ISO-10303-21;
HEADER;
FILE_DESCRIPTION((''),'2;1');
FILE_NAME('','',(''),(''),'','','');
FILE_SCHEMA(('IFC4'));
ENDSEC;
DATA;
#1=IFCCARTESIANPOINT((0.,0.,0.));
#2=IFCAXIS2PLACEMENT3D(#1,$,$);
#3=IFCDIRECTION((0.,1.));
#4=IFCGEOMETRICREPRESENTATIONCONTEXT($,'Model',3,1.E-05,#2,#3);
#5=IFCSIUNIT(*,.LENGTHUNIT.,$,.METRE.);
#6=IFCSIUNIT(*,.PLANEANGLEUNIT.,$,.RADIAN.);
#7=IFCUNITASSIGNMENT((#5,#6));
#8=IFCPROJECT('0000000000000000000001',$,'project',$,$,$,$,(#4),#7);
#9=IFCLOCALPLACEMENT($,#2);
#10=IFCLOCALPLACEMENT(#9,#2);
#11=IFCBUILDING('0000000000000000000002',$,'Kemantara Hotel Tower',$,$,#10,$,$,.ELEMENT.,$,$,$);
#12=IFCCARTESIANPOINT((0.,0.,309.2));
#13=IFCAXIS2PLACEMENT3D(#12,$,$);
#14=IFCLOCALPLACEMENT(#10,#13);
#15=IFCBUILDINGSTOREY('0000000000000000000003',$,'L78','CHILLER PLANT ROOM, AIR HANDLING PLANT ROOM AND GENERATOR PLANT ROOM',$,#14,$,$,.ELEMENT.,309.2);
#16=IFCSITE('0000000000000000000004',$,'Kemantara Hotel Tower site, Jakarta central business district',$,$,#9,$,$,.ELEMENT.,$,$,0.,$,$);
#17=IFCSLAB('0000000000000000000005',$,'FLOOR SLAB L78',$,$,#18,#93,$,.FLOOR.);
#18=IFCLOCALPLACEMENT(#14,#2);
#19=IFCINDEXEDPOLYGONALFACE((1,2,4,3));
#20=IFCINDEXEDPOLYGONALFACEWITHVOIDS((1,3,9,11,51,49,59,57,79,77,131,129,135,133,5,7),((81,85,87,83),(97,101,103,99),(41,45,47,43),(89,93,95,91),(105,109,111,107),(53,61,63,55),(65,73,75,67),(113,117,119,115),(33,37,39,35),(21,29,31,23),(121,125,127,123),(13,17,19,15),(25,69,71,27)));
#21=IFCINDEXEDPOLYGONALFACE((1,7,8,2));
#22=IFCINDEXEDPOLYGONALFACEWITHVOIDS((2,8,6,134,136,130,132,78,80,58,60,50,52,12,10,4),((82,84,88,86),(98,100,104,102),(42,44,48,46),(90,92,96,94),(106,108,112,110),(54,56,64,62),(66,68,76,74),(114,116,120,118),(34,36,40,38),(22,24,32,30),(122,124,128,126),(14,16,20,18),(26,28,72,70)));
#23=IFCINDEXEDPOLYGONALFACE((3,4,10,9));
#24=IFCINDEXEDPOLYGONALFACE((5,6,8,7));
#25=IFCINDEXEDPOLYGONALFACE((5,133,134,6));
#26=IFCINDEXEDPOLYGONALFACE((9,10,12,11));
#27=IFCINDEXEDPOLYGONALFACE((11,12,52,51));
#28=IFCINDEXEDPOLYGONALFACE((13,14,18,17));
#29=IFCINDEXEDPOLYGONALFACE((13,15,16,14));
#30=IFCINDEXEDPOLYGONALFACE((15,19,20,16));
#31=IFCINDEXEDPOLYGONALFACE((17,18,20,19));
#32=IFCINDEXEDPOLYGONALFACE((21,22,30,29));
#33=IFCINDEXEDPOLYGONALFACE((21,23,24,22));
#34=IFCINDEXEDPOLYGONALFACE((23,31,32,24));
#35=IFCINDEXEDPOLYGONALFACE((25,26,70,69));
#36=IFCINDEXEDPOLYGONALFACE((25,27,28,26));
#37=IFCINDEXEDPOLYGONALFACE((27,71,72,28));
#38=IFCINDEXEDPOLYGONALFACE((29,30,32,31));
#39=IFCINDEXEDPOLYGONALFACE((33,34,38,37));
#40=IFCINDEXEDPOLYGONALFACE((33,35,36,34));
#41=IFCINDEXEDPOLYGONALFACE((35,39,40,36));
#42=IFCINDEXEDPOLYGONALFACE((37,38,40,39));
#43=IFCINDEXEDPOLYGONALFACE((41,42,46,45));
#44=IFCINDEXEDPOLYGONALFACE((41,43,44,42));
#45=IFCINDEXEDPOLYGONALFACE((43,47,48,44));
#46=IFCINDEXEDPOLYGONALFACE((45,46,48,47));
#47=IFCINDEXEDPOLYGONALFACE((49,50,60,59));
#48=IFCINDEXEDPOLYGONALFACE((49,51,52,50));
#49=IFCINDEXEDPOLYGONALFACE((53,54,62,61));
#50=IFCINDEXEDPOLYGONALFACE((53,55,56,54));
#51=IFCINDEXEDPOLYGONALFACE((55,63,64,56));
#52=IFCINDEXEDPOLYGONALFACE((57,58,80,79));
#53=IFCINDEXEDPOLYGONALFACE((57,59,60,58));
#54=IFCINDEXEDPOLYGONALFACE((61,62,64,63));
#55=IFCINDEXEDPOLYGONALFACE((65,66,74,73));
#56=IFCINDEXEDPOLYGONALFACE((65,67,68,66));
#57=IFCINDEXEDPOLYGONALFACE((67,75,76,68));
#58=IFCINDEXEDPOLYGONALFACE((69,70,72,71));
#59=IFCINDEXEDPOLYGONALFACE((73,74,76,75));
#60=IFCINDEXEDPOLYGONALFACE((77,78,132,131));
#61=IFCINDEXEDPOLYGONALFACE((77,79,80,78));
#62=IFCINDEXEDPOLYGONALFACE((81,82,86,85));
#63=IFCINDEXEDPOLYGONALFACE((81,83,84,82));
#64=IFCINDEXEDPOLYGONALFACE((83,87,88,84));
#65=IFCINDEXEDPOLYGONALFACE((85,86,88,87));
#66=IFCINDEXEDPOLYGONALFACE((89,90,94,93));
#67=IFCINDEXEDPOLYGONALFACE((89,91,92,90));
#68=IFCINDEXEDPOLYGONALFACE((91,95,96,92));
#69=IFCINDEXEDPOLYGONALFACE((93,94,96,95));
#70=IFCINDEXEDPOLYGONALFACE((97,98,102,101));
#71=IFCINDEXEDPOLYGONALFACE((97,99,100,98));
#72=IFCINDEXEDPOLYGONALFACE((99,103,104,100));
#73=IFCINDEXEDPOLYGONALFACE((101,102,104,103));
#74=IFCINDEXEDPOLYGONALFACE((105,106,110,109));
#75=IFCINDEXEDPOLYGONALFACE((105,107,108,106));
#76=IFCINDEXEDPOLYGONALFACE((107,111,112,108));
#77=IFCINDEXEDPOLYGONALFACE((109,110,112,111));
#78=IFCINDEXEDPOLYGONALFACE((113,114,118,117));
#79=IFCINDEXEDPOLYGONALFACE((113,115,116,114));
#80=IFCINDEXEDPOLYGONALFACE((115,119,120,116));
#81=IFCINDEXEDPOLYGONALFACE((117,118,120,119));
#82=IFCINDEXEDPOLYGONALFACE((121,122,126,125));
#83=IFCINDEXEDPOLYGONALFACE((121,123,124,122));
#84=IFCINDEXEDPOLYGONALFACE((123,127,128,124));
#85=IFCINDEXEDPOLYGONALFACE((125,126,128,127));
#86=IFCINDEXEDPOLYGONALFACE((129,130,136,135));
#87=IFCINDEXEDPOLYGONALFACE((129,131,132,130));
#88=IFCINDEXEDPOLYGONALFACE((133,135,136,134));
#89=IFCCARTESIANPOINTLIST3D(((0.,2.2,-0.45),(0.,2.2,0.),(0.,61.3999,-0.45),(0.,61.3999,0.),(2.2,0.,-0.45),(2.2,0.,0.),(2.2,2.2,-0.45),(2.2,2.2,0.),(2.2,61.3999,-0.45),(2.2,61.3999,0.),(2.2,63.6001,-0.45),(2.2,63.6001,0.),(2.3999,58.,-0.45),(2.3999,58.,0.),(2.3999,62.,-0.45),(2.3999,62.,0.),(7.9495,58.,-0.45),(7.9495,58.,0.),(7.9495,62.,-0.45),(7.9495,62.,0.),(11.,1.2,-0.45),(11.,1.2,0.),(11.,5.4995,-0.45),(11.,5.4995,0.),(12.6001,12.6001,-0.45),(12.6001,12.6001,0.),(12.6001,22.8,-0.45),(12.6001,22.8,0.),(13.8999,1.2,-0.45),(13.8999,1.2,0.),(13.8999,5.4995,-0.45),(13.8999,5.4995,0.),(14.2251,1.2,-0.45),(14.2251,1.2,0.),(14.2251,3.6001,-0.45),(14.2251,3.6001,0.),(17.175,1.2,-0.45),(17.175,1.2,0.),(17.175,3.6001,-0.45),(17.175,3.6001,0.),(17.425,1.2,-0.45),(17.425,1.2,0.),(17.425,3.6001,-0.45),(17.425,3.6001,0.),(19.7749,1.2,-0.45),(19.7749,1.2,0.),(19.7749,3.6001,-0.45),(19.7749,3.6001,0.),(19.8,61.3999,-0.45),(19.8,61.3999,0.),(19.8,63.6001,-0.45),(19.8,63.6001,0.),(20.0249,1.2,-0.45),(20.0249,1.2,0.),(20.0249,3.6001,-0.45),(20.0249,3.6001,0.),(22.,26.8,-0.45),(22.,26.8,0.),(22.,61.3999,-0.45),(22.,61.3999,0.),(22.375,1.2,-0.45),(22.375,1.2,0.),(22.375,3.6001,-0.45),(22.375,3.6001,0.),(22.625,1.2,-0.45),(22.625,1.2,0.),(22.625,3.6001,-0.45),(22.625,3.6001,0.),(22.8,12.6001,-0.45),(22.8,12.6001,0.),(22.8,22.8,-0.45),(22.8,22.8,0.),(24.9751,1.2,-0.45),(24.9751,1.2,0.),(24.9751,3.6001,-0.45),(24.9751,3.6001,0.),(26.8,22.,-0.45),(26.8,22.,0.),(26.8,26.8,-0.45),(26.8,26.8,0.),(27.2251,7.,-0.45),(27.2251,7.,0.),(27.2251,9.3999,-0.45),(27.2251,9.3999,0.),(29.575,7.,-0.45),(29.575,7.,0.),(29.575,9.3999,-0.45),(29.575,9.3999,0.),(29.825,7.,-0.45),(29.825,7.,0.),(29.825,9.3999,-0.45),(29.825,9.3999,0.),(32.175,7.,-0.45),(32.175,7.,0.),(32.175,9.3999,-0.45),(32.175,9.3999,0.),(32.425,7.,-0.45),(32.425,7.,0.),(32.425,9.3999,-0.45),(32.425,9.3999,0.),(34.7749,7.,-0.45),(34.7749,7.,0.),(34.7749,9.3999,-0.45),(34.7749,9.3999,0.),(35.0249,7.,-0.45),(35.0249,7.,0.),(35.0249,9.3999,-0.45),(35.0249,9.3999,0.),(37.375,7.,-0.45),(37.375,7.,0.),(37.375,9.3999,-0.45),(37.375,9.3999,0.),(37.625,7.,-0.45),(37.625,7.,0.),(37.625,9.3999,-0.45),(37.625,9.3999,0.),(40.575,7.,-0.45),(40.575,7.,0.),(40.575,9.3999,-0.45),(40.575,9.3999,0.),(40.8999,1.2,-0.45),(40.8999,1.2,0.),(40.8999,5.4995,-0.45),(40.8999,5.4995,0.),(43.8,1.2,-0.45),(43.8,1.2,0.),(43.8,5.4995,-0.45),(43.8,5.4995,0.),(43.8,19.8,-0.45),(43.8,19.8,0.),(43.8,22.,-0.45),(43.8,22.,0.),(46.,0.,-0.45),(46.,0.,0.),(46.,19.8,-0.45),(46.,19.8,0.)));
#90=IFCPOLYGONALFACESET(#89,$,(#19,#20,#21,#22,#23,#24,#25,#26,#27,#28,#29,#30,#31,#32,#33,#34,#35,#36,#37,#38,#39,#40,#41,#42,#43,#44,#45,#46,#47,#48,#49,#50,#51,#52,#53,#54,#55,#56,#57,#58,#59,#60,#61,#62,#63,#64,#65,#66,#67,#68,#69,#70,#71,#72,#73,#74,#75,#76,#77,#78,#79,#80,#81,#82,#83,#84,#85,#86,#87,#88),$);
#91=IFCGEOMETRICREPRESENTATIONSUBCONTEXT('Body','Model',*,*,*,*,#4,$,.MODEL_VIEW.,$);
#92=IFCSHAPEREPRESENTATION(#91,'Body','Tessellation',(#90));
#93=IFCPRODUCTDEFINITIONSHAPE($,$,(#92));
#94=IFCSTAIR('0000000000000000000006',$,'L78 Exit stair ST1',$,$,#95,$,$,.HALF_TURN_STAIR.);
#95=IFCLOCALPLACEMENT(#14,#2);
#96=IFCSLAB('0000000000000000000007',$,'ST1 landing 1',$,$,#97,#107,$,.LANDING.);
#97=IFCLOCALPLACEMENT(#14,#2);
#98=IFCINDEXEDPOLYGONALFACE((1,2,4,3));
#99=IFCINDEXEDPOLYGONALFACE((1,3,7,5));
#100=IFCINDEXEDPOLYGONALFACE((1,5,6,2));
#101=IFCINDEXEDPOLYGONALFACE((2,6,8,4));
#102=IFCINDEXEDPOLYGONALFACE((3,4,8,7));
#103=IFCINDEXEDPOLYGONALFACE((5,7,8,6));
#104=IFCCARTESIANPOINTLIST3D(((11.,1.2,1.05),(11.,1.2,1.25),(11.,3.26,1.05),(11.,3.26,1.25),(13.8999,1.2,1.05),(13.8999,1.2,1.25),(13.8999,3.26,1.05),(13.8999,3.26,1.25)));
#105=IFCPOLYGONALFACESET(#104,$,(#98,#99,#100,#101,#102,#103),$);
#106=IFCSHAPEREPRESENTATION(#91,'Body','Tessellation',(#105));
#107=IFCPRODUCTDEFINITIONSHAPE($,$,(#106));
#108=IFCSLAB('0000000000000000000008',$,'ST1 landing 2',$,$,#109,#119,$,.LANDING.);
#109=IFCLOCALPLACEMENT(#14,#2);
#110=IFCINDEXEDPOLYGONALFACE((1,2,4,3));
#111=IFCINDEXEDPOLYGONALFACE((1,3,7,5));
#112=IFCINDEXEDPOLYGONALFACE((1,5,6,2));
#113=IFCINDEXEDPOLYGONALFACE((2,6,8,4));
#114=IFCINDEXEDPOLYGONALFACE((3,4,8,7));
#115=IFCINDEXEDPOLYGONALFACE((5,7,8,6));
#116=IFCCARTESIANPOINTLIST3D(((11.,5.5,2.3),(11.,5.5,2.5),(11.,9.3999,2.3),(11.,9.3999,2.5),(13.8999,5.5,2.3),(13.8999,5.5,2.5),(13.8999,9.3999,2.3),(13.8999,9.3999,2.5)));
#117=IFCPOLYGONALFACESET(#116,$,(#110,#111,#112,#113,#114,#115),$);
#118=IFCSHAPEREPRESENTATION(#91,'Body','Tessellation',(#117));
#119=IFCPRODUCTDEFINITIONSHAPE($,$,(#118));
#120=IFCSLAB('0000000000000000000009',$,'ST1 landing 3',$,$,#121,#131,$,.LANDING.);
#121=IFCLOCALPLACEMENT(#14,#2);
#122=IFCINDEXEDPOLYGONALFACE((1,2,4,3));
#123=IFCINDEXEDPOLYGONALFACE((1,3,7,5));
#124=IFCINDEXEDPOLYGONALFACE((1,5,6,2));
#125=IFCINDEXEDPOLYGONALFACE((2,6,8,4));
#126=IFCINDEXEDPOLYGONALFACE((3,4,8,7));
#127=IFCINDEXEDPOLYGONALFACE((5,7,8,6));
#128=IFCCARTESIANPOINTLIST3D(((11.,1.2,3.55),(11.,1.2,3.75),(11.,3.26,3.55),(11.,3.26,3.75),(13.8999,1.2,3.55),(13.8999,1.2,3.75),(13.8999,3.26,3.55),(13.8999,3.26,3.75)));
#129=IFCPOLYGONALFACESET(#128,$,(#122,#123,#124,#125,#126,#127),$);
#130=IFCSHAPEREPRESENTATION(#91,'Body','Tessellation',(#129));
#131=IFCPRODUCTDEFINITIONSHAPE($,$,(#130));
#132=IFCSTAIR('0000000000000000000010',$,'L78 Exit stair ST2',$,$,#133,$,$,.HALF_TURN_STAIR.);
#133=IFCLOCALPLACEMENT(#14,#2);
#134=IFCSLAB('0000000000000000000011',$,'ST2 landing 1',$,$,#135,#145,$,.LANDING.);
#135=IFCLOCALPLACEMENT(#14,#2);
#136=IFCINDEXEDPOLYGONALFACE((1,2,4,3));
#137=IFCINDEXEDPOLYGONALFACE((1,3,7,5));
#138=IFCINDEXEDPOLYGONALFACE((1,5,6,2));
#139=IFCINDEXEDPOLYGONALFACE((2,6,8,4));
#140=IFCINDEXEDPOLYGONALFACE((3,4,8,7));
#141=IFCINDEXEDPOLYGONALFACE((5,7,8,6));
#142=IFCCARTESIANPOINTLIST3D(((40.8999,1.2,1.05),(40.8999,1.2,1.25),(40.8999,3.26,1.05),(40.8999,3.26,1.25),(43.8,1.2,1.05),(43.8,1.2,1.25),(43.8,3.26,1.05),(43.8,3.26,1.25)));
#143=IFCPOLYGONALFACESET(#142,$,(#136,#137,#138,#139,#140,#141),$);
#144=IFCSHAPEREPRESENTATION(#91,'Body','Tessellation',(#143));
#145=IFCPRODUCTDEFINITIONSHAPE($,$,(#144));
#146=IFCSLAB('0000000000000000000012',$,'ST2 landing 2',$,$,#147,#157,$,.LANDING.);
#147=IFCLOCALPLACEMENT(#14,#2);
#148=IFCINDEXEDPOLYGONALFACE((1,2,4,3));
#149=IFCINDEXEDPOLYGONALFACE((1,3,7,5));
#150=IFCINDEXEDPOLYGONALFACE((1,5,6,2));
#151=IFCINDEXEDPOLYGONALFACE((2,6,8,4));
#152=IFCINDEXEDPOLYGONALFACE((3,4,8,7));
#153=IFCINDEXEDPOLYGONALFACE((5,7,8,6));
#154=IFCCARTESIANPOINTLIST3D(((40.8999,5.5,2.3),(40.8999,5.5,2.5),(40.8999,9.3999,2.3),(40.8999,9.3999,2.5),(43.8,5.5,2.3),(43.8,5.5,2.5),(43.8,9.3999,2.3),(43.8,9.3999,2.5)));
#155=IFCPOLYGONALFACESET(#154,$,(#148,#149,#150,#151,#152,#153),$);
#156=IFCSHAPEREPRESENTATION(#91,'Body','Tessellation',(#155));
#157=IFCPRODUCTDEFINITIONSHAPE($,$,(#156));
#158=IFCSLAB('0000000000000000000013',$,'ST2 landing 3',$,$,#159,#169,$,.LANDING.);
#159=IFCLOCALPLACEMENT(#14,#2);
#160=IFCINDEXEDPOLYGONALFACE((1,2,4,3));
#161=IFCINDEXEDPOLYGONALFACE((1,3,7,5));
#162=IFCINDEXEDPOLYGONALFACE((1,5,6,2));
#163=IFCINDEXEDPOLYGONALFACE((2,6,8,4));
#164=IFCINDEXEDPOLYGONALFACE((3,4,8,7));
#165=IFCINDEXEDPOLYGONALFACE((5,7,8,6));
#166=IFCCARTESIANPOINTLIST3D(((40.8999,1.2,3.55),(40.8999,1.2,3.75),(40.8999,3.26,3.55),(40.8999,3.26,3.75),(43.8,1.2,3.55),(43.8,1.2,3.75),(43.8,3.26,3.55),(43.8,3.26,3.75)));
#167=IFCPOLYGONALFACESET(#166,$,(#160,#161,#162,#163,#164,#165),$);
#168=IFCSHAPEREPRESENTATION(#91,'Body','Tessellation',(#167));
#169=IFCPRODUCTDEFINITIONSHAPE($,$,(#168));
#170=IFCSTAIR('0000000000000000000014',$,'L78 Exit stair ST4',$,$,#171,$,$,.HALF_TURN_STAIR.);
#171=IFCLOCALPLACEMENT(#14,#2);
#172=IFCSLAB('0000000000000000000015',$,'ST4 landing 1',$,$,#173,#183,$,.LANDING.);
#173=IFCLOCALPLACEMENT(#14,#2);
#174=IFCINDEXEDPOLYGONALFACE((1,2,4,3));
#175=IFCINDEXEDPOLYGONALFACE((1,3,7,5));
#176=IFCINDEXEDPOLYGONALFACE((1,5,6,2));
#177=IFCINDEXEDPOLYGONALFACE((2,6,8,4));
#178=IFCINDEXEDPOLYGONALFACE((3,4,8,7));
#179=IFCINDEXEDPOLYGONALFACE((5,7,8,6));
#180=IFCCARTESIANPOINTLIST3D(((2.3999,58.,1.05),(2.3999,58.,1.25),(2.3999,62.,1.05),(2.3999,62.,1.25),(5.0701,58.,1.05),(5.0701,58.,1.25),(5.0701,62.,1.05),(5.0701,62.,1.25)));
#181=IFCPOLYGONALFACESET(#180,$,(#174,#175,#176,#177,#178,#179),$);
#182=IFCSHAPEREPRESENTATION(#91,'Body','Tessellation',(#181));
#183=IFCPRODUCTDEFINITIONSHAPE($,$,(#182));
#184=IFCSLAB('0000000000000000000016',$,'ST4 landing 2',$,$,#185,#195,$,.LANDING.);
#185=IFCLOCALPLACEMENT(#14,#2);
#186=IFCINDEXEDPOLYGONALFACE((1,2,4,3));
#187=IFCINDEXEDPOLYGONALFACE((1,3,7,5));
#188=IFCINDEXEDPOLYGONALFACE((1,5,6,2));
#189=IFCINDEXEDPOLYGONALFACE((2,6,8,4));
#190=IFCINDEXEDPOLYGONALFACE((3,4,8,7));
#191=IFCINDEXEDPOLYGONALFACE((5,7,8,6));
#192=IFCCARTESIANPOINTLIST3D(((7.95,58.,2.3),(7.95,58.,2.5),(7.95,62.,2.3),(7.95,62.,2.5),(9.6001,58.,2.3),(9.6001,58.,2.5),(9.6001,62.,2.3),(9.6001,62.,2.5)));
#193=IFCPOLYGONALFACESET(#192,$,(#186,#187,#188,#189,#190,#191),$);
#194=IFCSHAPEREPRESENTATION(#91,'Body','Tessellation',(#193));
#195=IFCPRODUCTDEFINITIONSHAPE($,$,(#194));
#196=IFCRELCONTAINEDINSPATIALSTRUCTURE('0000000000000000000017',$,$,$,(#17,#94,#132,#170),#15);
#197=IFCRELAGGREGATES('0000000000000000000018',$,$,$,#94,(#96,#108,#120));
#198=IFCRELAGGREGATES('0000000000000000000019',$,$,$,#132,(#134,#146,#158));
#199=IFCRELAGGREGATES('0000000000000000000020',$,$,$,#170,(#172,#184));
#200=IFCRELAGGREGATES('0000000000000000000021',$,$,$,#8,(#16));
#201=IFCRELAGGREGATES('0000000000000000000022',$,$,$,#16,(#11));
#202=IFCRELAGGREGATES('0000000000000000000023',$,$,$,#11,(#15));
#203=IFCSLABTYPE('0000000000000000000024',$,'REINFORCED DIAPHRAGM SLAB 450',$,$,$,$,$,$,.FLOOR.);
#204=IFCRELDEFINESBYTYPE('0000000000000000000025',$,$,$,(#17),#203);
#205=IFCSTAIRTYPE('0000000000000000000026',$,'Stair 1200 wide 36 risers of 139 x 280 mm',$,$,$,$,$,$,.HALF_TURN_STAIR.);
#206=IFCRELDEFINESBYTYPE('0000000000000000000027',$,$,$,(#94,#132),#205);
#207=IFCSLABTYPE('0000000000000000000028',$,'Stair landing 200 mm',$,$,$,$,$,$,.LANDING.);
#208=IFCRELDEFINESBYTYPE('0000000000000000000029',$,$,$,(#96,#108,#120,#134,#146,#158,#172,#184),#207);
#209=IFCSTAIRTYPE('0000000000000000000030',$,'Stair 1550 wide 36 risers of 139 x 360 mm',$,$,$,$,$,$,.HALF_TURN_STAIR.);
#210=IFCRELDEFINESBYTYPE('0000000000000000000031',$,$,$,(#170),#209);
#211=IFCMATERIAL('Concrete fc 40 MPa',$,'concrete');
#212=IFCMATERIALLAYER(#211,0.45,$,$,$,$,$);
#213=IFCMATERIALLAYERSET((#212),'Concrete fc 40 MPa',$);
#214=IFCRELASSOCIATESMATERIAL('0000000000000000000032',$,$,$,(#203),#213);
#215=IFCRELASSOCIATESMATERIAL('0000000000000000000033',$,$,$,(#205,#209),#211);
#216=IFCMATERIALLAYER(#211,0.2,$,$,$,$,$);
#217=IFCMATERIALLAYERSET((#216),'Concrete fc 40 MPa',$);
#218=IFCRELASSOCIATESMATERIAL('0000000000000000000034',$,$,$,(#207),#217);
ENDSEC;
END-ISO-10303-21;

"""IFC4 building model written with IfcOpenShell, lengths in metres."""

from ifc_helpers import new_model, si_unit, direction, frame, origin, place, context, subcontext, project, spatial, polyline, outline, extrude, material, layer, layer_set, type_object, element, aggregate, save


model = new_model("IFC4")

# Units and contexts
model_context = context("Model", 3, precision=1e-05, world=origin(), true_north=direction((0.0, 1.0)))
body_context = subcontext(model_context, "Body", "Model", "MODEL_VIEW")
ifc_project = project(units=[si_unit("LENGTHUNIT", "METRE"), si_unit("PLANEANGLEUNIT", "RADIAN")], contexts=[model_context])

# Site, building, storey
site_placement = place(None, origin())
site = spatial("IfcSite", under=ifc_project, at=site_placement, Name="Kemantara Hotel Tower site, Jakarta central business district", CompositionType="ELEMENT", RefElevation=0.0)
building_placement = place(site_placement, origin())
building = spatial("IfcBuilding", under=site, at=building_placement, Name="Kemantara Hotel Tower", CompositionType="ELEMENT")
storey_placement = place(building_placement, frame((0.0, 0.0, 309.2)))
storey = spatial("IfcBuildingStorey", under=building, at=storey_placement, Name="L78", Description="CHILLER PLANT ROOM, AIR HANDLING PLANT ROOM AND GENERATOR PLANT ROOM", CompositionType="ELEMENT", Elevation=309.2)

# Slab
ifc_material_1 = material(Name="Concrete fc 40 MPa", Category="concrete")
ifc_layer_1 = layer(ifc_material_1, 0.45)
ifc_layer_set_1 = layer_set([ifc_layer_1], Name="Concrete fc 40 MPa")
slab_type_1 = type_object("IfcSlabType", Name="REINFORCED DIAPHRAGM SLAB 450", PredefinedType="FLOOR", material=ifc_layer_set_1)
slab_1_placement = place(storey_placement, frame((0.0, 0.0, -0.45)))
element("IfcSlab", 1, at=slab_1_placement, inside=storey, type_object=slab_type_1, Name="FLOOR SLAB L78", PredefinedType="FLOOR", context=body_context, shape_type="SweptSolid", body=[
    extrude(outline(polyline([(22.0, 26.8), (22.0, 61.3999), (19.8, 61.3999), (19.8, 63.6001), (2.2, 63.6001), (2.2, 61.3999), (0.0, 61.3999), (0.0, 2.2), (2.2, 2.2), (2.2, 0.0), (46.0, 0.0), (46.0, 19.8), (43.8, 19.8), (43.8, 22.0), (26.8, 22.0), (26.8, 26.8), (22.0, 26.8)]), holes=[polyline([(17.175, 3.6001), (17.175, 1.2), (14.2251, 1.2), (14.2251, 3.6001), (17.175, 3.6001)]), polyline([(19.7749, 1.2), (17.425, 1.2), (17.425, 3.6001), (19.7749, 3.6001), (19.7749, 1.2)]), polyline([(22.375, 1.2), (20.0249, 1.2), (20.0249, 3.6001), (22.375, 3.6001), (22.375, 1.2)]), polyline([(24.9751, 3.6001), (24.9751, 1.2), (22.625, 1.2), (22.625, 3.6001), (24.9751, 3.6001)]), polyline([(11.0, 1.2), (11.0, 5.4995), (13.8999, 5.4995), (13.8999, 1.2), (11.0, 1.2)]), polyline([(22.8, 12.6001), (12.6001, 12.6001), (12.6001, 22.8), (22.8, 22.8), (22.8, 12.6001)]), polyline([(2.3999, 58.0), (2.3999, 62.0), (7.9495, 62.0), (7.9495, 58.0), (2.3999, 58.0)]), polyline([(40.8999, 1.2), (40.8999, 5.4995), (43.8, 5.4995), (43.8, 1.2), (40.8999, 1.2)]), polyline([(29.575, 7.0), (27.2251, 7.0), (27.2251, 9.3999), (29.575, 9.3999), (29.575, 7.0)]), polyline([(32.175, 7.0), (29.825, 7.0), (29.825, 9.3999), (32.175, 9.3999), (32.175, 7.0)]), polyline([(34.7749, 7.0), (32.425, 7.0), (32.425, 9.3999), (34.7749, 9.3999), (34.7749, 7.0)]), polyline([(37.375, 7.0), (35.0249, 7.0), (35.0249, 9.3999), (37.375, 9.3999), (37.375, 7.0)]), polyline([(40.575, 7.0), (37.625, 7.0), (37.625, 9.3999), (40.575, 9.3999), (40.575, 7.0)])]), origin(), (0.0, 0.0, 1.0), 0.45),
])

# Stairs, slabs
stair_type_1 = type_object("IfcStairType", Name="Stair 1200 wide 36 risers of 139 x 280 mm", PredefinedType="HALF_TURN_STAIR", material=ifc_material_1)
stair_1_placement = place(storey_placement, origin())
stair_1 = element("IfcStair", 2, at=stair_1_placement, inside=storey, type_object=stair_type_1, Name="L78 Exit stair ST1", PredefinedType="HALF_TURN_STAIR")
ifc_layer_2 = layer(ifc_material_1, 0.2)
ifc_layer_set_2 = layer_set([ifc_layer_2], Name="Concrete fc 40 MPa")
slab_type_2 = type_object("IfcSlabType", Name="Stair landing 200 mm", PredefinedType="LANDING", material=ifc_layer_set_2)
slab_2_placement = place(storey_placement, frame((0.0, 0.0, 1.05)))
slab_2 = element("IfcSlab", 3, at=slab_2_placement, type_object=slab_type_2, Name="ST1 landing 1", PredefinedType="LANDING", context=body_context, shape_type="SweptSolid", body=[
    extrude(outline(polyline([(11.0, 3.26), (11.0, 1.2), (13.8999, 1.2), (13.8999, 3.26), (11.0, 3.26)])), origin(), (0.0, 0.0, 1.0), 0.2),
])
slab_3_placement = place(storey_placement, frame((0.0, 0.0, 2.3)))
slab_3 = element("IfcSlab", 4, at=slab_3_placement, type_object=slab_type_2, Name="ST1 landing 2", PredefinedType="LANDING", context=body_context, shape_type="SweptSolid", body=[
    extrude(outline(polyline([(11.0, 9.3999), (11.0, 5.5), (13.8999, 5.5), (13.8999, 9.3999), (11.0, 9.3999)])), origin(), (0.0, 0.0, 1.0), 0.2),
])
slab_4_placement = place(storey_placement, frame((0.0, 0.0, 3.55)))
slab_4 = element("IfcSlab", 5, at=slab_4_placement, type_object=slab_type_2, Name="ST1 landing 3", PredefinedType="LANDING", context=body_context, shape_type="SweptSolid", body=[
    extrude(outline(polyline([(11.0, 3.26), (11.0, 1.2), (13.8999, 1.2), (13.8999, 3.26), (11.0, 3.26)])), origin(), (0.0, 0.0, 1.0), 0.2),
])
aggregate(stair_1, [slab_2, slab_3, slab_4])
stair_2_placement = place(storey_placement, origin())
stair_2 = element("IfcStair", 6, at=stair_2_placement, inside=storey, type_object=stair_type_1, Name="L78 Exit stair ST2", PredefinedType="HALF_TURN_STAIR")
slab_5_placement = place(storey_placement, frame((0.0, 0.0, 1.05)))
slab_5 = element("IfcSlab", 7, at=slab_5_placement, type_object=slab_type_2, Name="ST2 landing 1", PredefinedType="LANDING", context=body_context, shape_type="SweptSolid", body=[
    extrude(outline(polyline([(40.8999, 3.26), (40.8999, 1.2), (43.8, 1.2), (43.8, 3.26), (40.8999, 3.26)])), origin(), (0.0, 0.0, 1.0), 0.2),
])
slab_6_placement = place(storey_placement, frame((0.0, 0.0, 2.3)))
slab_6 = element("IfcSlab", 8, at=slab_6_placement, type_object=slab_type_2, Name="ST2 landing 2", PredefinedType="LANDING", context=body_context, shape_type="SweptSolid", body=[
    extrude(outline(polyline([(40.8999, 9.3999), (40.8999, 5.5), (43.8, 5.5), (43.8, 9.3999), (40.8999, 9.3999)])), origin(), (0.0, 0.0, 1.0), 0.2),
])
slab_7_placement = place(storey_placement, frame((0.0, 0.0, 3.55)))
slab_7 = element("IfcSlab", 9, at=slab_7_placement, type_object=slab_type_2, Name="ST2 landing 3", PredefinedType="LANDING", context=body_context, shape_type="SweptSolid", body=[
    extrude(outline(polyline([(40.8999, 3.26), (40.8999, 1.2), (43.8, 1.2), (43.8, 3.26), (40.8999, 3.26)])), origin(), (0.0, 0.0, 1.0), 0.2),
])
aggregate(stair_2, [slab_5, slab_6, slab_7])
stair_type_2 = type_object("IfcStairType", Name="Stair 1550 wide 36 risers of 139 x 360 mm", PredefinedType="HALF_TURN_STAIR", material=ifc_material_1)
stair_3_placement = place(storey_placement, origin())
stair_3 = element("IfcStair", 10, at=stair_3_placement, inside=storey, type_object=stair_type_2, Name="L78 Exit stair ST4", PredefinedType="HALF_TURN_STAIR")
slab_8_placement = place(storey_placement, frame((0.0, 0.0, 1.05)))
slab_8 = element("IfcSlab", 11, at=slab_8_placement, type_object=slab_type_2, Name="ST4 landing 1", PredefinedType="LANDING", context=body_context, shape_type="SweptSolid", body=[
    extrude(outline(polyline([(5.0701, 62.0), (2.3999, 62.0), (2.3999, 58.0), (5.0701, 58.0), (5.0701, 62.0)])), origin(), (0.0, 0.0, 1.0), 0.2),
])
slab_9_placement = place(storey_placement, frame((0.0, 0.0, 2.3)))
slab_9 = element("IfcSlab", 12, at=slab_9_placement, type_object=slab_type_2, Name="ST4 landing 2", PredefinedType="LANDING", context=body_context, shape_type="SweptSolid", body=[
    extrude(outline(polyline([(9.6001, 62.0), (7.95, 62.0), (7.95, 58.0), (9.6001, 58.0), (9.6001, 62.0)])), origin(), (0.0, 0.0, 1.0), 0.2),
])
aggregate(stair_3, [slab_8, slab_9])

save(model, "model.ifc")
